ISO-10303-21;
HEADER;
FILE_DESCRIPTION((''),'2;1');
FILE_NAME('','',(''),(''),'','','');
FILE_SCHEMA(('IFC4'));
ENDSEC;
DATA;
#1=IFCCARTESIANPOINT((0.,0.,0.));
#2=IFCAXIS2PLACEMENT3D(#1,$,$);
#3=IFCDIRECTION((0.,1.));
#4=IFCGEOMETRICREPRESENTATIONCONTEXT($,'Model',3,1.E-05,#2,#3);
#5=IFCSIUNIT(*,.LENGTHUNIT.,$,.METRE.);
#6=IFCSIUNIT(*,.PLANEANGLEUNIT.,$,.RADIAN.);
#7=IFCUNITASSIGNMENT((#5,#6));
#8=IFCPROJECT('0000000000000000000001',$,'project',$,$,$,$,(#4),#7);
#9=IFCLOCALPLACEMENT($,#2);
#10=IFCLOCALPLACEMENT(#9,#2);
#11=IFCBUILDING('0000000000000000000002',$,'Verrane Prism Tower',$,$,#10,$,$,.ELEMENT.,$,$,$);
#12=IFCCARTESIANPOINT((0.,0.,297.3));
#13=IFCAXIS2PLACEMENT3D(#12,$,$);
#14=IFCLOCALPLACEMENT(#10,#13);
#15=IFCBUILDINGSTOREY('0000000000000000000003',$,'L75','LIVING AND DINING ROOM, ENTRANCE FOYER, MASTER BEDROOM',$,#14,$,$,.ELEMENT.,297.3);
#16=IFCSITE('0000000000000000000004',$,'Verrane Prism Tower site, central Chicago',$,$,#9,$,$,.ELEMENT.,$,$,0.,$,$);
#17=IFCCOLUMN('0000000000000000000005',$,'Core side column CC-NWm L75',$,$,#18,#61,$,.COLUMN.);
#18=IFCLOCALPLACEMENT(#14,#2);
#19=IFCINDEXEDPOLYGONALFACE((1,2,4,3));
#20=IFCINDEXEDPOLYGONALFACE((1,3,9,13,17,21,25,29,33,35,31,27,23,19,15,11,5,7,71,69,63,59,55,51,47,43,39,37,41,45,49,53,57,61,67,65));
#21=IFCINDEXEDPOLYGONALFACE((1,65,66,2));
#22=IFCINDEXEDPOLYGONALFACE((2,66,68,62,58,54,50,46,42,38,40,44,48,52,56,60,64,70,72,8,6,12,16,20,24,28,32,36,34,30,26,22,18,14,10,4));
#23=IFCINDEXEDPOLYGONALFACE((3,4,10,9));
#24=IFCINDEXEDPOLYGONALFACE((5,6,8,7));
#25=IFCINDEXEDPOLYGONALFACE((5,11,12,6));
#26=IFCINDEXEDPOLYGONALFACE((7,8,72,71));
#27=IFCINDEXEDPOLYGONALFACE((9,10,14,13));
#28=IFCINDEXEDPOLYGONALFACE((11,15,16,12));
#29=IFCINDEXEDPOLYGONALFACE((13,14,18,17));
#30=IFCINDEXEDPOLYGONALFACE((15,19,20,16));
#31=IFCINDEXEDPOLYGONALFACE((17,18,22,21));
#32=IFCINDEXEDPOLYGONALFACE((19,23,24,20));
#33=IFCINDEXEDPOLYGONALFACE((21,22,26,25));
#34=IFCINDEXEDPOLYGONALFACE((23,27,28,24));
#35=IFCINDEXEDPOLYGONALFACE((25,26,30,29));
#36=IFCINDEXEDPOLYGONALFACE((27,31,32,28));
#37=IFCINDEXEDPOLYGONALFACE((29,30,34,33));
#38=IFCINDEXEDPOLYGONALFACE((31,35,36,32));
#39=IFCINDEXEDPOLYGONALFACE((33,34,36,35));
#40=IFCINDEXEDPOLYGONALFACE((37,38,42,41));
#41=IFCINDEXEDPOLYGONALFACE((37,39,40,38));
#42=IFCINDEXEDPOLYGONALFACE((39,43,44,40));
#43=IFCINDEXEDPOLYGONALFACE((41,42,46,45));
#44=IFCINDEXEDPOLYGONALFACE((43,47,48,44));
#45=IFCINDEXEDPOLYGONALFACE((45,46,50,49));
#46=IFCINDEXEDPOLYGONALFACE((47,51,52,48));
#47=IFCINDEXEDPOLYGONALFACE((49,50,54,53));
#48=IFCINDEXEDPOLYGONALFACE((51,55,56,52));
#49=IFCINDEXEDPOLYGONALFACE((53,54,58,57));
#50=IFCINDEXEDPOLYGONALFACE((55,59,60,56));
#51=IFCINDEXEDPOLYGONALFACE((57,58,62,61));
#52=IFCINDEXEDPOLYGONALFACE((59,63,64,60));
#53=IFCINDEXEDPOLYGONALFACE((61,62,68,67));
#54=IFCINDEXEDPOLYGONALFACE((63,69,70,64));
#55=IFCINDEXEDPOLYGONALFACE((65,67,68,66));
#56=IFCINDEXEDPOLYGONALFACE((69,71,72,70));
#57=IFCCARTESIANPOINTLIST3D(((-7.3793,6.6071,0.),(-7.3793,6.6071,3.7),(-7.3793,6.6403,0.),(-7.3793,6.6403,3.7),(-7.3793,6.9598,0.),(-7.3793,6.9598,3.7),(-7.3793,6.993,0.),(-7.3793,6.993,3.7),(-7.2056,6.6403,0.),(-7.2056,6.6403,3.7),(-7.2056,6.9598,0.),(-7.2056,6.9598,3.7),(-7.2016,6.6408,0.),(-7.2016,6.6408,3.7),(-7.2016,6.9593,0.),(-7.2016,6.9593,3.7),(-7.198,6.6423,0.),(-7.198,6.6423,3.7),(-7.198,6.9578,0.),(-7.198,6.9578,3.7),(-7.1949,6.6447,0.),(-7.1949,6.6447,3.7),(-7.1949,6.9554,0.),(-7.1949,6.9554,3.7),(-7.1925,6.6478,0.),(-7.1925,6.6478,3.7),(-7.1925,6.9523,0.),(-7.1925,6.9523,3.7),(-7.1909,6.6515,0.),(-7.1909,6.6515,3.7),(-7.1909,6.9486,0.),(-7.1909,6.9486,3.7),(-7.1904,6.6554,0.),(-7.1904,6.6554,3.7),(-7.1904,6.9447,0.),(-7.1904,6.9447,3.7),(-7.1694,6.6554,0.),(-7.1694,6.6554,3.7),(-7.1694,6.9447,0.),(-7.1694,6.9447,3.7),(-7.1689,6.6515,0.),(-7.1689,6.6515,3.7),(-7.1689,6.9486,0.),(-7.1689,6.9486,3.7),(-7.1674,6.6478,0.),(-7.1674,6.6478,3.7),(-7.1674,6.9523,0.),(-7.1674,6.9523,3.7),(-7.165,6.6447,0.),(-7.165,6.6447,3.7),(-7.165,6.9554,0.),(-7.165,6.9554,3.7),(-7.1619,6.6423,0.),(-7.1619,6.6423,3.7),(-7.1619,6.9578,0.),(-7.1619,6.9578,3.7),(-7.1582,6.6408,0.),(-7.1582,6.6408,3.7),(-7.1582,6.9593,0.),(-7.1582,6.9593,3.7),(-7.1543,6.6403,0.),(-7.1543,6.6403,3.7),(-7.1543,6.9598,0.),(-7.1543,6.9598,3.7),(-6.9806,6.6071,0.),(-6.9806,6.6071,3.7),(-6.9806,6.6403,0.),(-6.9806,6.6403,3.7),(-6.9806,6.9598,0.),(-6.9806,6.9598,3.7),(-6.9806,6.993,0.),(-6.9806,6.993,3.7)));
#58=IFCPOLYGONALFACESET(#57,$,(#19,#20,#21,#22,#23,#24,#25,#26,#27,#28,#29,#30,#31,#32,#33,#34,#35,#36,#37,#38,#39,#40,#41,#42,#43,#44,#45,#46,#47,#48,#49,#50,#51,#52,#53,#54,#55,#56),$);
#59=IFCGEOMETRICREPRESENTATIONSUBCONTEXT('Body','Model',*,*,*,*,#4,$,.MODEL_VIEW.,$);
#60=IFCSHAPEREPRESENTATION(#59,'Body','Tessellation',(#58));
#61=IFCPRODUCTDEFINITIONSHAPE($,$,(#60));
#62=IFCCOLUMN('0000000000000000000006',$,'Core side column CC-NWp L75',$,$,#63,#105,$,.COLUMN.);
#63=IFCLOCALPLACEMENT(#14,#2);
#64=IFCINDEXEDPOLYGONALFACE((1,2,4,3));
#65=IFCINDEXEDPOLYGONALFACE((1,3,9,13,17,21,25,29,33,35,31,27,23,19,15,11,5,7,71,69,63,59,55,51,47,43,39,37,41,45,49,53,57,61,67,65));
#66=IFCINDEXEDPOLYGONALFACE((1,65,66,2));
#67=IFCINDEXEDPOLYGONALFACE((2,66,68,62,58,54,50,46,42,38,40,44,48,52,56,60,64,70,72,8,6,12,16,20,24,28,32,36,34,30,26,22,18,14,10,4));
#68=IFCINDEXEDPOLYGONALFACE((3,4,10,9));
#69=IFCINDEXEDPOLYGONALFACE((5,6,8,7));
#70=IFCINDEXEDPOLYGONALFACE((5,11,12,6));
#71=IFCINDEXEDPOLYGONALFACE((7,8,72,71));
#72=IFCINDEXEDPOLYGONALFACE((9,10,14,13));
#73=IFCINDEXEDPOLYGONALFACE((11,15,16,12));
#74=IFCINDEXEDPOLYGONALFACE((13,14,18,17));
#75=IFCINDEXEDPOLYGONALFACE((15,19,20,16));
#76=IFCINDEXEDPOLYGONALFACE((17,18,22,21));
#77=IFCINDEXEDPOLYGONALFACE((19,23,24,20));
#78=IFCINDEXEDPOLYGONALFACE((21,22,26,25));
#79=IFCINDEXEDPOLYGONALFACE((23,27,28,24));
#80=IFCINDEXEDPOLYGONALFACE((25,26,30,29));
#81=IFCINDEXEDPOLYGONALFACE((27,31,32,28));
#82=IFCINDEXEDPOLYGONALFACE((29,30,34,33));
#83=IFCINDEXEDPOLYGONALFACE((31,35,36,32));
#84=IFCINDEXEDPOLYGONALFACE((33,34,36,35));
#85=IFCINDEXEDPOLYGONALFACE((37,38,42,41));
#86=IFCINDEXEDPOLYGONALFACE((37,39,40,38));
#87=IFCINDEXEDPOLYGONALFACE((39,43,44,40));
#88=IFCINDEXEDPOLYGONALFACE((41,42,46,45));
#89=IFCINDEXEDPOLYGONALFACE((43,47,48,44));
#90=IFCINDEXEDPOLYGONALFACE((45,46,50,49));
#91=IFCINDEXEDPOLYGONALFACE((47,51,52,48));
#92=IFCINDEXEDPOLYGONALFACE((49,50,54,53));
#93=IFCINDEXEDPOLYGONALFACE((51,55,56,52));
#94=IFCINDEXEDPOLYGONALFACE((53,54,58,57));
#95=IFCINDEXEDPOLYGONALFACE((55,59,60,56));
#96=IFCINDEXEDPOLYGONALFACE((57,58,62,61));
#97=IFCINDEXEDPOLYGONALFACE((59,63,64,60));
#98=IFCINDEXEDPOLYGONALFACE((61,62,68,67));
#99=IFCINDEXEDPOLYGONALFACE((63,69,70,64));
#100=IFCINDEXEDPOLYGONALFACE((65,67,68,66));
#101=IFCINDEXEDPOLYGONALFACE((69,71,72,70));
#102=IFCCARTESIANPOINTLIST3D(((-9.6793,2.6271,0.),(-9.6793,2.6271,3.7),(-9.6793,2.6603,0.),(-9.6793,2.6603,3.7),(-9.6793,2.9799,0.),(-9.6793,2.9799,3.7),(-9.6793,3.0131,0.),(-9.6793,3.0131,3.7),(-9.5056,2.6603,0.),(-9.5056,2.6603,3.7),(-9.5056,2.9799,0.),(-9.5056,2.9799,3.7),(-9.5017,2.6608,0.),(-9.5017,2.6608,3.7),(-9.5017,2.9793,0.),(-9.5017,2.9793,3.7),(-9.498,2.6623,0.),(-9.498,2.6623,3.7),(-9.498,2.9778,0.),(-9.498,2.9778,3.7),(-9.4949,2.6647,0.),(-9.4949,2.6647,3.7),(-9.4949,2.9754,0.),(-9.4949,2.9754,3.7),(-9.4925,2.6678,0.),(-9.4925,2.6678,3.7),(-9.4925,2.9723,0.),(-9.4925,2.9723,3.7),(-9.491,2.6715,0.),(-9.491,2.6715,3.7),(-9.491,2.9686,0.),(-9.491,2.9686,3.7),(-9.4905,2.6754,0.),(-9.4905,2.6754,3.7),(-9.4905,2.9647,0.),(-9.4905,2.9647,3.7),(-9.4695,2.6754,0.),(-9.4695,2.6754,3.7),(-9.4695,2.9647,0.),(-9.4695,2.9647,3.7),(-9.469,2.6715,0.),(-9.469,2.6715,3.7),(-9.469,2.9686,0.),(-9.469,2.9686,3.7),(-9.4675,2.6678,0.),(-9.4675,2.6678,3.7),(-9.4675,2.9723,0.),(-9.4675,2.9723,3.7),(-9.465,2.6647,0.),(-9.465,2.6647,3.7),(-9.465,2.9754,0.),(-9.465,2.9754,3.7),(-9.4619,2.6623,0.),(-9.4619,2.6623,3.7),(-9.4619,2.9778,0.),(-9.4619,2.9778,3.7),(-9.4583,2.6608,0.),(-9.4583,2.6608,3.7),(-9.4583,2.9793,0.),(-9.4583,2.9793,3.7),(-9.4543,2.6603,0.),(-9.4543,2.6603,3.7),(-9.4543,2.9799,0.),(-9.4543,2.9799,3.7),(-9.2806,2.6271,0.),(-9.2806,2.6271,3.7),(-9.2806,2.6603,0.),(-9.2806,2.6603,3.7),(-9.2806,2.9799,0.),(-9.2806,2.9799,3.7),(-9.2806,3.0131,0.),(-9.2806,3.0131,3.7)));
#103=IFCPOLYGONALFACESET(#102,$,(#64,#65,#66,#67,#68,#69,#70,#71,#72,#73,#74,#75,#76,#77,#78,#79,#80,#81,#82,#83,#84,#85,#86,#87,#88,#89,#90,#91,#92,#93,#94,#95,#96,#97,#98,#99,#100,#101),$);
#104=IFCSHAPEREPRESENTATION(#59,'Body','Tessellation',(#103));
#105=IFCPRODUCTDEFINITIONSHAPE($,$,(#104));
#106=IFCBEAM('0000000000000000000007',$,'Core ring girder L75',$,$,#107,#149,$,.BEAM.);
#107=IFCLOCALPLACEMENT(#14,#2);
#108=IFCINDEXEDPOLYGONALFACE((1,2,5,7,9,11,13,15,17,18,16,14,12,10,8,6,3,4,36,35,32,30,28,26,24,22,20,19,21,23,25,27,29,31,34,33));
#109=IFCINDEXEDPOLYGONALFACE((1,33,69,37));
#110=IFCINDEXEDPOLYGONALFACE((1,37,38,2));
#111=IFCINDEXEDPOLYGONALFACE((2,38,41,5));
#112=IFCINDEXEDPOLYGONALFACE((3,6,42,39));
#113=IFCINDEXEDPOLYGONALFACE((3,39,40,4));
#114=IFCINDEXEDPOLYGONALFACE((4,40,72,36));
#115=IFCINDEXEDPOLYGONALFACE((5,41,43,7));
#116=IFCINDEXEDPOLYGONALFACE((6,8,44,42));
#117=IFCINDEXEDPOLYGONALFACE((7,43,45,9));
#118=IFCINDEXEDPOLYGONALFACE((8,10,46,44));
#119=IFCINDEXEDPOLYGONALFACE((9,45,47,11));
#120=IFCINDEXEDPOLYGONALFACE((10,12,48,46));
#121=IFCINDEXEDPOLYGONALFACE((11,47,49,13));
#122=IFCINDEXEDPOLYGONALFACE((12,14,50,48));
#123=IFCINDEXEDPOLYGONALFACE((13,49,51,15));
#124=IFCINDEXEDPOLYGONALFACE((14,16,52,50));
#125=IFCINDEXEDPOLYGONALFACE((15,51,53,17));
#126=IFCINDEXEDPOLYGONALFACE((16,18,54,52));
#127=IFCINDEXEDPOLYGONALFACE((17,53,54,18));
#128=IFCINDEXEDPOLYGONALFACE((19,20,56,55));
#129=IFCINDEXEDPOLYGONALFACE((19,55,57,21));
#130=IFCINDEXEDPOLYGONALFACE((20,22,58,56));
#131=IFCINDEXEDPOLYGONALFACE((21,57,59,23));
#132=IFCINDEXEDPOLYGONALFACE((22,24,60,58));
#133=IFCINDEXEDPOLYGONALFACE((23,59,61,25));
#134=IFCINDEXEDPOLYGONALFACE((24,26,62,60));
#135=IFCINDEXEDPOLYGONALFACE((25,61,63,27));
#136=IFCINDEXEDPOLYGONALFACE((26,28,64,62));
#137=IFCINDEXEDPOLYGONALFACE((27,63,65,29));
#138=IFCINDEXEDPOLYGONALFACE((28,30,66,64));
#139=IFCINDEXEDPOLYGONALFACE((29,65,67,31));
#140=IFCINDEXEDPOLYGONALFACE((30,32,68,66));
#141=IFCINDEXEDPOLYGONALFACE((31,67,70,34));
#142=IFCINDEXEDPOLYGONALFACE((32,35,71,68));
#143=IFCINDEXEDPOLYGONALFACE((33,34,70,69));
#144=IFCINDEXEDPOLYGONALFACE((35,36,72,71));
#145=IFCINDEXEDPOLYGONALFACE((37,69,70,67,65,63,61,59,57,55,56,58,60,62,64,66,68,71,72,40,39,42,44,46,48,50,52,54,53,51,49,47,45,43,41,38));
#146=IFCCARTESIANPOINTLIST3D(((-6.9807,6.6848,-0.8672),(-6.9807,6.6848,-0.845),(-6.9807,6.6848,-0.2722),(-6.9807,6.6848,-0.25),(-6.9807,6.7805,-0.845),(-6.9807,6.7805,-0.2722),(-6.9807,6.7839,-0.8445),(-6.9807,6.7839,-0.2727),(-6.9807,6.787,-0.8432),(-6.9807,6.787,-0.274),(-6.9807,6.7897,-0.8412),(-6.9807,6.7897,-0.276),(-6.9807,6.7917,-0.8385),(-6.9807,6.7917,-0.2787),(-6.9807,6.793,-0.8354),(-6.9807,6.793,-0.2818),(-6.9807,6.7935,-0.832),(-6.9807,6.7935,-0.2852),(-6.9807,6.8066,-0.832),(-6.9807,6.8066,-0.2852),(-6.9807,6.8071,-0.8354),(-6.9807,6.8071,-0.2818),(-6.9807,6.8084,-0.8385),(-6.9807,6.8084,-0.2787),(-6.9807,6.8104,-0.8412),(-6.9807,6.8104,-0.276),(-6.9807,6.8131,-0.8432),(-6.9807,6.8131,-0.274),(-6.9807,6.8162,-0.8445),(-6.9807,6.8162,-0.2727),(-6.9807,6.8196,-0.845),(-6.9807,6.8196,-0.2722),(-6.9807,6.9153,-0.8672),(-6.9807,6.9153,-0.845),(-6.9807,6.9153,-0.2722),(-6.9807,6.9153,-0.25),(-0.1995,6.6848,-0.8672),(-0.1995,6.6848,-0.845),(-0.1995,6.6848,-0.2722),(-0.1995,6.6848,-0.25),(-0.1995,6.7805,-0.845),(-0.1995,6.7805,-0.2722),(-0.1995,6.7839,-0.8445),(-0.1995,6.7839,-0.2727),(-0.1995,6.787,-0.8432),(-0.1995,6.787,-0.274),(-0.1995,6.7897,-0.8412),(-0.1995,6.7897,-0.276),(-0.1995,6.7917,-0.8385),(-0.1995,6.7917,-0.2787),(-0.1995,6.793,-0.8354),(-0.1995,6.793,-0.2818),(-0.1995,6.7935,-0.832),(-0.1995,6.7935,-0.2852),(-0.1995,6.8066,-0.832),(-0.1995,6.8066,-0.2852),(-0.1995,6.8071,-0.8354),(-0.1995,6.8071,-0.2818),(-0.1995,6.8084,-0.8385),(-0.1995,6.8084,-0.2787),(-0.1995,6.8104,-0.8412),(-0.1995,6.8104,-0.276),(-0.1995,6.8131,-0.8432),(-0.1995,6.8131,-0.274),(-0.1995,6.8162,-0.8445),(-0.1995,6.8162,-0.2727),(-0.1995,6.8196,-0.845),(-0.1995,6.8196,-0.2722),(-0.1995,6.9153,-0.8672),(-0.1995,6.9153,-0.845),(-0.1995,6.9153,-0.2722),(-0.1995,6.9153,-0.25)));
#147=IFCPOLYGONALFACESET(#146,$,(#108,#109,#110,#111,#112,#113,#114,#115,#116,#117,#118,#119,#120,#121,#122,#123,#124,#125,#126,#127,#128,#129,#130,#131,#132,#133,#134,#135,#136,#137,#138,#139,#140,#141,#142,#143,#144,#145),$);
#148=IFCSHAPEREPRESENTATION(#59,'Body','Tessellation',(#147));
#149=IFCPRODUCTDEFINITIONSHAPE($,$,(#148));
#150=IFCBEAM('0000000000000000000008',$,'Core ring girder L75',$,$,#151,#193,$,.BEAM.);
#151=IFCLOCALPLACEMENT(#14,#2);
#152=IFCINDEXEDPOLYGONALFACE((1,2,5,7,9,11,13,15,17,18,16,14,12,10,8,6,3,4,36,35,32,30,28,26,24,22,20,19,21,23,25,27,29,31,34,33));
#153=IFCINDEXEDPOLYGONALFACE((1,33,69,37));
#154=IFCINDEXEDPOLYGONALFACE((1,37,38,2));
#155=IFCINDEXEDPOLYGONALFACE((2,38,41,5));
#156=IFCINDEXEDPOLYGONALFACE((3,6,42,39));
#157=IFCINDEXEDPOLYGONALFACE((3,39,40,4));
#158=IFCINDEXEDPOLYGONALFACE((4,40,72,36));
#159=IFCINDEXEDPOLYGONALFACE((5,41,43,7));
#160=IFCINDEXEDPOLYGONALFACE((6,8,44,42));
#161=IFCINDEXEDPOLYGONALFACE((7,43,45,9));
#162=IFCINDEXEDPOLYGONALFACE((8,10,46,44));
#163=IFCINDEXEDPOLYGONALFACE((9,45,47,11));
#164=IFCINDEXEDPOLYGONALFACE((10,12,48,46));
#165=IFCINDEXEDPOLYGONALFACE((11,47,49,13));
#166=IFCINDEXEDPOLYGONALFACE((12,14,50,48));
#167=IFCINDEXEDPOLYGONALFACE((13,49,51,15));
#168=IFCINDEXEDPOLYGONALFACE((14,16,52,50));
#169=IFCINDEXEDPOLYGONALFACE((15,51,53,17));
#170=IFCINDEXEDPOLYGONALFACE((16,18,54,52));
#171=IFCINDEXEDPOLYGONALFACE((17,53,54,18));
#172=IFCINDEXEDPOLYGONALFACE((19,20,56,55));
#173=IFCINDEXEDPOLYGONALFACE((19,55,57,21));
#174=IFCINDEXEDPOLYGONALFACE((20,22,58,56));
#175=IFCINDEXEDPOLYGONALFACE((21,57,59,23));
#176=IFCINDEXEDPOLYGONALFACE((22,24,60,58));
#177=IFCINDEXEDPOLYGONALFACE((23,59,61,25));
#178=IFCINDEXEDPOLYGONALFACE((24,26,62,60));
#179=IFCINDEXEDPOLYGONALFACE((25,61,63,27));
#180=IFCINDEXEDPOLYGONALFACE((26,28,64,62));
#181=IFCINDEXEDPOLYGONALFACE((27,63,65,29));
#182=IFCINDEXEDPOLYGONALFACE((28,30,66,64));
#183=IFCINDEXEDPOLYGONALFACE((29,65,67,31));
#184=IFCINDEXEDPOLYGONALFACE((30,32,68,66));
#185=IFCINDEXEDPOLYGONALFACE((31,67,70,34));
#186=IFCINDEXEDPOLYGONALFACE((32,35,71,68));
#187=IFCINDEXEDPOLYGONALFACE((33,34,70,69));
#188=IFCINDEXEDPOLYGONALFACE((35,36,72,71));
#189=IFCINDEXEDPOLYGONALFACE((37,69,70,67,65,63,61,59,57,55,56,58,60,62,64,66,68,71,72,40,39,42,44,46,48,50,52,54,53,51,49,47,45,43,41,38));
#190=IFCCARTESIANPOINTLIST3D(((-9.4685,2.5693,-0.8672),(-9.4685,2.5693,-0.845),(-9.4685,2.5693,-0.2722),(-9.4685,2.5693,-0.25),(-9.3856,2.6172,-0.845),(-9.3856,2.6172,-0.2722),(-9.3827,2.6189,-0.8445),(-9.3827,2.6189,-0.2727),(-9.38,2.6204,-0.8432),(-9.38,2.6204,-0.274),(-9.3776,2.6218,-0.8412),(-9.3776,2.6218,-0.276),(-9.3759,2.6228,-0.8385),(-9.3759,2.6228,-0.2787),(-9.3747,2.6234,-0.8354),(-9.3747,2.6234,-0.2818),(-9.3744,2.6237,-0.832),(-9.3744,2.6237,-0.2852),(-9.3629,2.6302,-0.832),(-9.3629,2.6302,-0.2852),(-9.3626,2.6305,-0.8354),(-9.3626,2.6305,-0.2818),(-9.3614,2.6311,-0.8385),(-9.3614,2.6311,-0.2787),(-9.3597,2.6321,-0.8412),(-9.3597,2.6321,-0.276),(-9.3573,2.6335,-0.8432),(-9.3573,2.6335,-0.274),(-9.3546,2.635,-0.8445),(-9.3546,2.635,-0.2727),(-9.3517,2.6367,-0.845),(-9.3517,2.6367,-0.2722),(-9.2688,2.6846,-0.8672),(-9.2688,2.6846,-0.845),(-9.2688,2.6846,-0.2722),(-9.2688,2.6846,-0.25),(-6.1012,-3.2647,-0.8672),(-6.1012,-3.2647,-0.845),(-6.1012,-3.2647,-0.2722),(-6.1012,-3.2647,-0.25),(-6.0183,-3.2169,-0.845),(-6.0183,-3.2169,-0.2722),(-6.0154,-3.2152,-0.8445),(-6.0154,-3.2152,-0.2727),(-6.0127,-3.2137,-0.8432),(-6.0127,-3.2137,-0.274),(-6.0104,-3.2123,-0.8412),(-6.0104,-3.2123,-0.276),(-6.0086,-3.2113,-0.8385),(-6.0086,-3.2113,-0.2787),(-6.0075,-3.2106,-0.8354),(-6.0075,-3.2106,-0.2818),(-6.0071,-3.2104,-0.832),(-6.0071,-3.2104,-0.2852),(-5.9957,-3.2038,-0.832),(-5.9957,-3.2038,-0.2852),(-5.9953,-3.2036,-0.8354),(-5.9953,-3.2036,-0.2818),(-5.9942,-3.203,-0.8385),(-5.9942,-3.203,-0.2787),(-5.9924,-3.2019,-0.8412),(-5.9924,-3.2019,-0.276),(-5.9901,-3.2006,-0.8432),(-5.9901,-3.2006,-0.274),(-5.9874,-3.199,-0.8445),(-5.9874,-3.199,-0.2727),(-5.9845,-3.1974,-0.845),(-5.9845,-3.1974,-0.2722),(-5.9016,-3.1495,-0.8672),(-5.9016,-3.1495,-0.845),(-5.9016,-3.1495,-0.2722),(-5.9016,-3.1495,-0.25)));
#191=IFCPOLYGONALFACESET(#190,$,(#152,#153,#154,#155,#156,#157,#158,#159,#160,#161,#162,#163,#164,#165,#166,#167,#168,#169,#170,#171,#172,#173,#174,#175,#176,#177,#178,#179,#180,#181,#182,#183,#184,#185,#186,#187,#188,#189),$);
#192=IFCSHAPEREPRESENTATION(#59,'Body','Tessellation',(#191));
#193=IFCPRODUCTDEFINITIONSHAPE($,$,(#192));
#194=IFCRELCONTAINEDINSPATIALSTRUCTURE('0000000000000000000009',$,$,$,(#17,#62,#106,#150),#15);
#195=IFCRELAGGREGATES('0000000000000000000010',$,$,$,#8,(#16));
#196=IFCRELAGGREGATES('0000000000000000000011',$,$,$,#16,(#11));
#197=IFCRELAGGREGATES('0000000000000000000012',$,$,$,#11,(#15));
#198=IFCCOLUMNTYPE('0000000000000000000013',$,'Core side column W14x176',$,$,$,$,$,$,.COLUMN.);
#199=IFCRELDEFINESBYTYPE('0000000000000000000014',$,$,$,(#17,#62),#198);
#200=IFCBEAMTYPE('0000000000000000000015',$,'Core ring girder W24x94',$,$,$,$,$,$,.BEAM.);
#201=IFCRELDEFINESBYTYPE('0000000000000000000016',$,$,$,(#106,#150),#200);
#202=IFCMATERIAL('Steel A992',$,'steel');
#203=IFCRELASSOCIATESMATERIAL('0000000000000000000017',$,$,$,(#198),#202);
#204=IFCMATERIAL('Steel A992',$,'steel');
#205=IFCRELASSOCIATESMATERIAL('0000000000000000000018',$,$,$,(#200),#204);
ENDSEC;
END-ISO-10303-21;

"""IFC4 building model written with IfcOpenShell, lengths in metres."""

from ifc_helpers import new_model, si_unit, direction, frame, origin, origin_2d, place, context, subcontext, project, spatial, i_section, extrude, material, material_profile, profile_set, type_object, element, save


model = new_model("IFC4")

# Units and contexts
model_context = context("Model", 3, precision=1e-05, world=origin(), true_north=direction((0.0, 1.0)))
body_context = subcontext(model_context, "Body", "Model", "MODEL_VIEW")
ifc_project = project(units=[si_unit("LENGTHUNIT", "METRE"), si_unit("PLANEANGLEUNIT", "RADIAN")], contexts=[model_context])

# Site, building, storey
site_placement = place(None, origin())
site = spatial("IfcSite", under=ifc_project, at=site_placement, Name="Verrane Prism Tower site, central Chicago", CompositionType="ELEMENT", RefElevation=0.0)
building_placement = place(site_placement, origin())
building = spatial("IfcBuilding", under=site, at=building_placement, Name="Verrane Prism Tower", CompositionType="ELEMENT")
storey_placement = place(building_placement, frame((0.0, 0.0, 297.3)))
storey = spatial("IfcBuildingStorey", under=building, at=storey_placement, Name="L75", Description="LIVING AND DINING ROOM, ENTRANCE FOYER, MASTER BEDROOM", CompositionType="ELEMENT", Elevation=297.3)

# Columns
ifc_material_1 = material(Name="Steel A992", Category="steel")
ifc_material_profile_1 = material_profile(ifc_material_1, i_section(OverallWidth=0.3987, OverallDepth=0.386, WebThickness=0.021, FlangeThickness=0.0332, FilletRadius=0.0151, at=origin_2d()), Name="W14x176")
ifc_profile_set_1 = profile_set([ifc_material_profile_1], Name="Steel A992")
column_type = type_object("IfcColumnType", Name="Core side column W14x176", PredefinedType="COLUMN", material=ifc_profile_set_1)
for number, where, z_axis, x_axis, name in (
    (1, (-7.1799, 6.8, 0.0), (0.0, 0.0, 1.0), (1.0, 0.0, 0.0), "Core side column CC-NWm L75"),
    (2, (-9.48, 2.8201, 0.0), (0.0, 0.0, 1.0), (1.0, 0.0, 0.0), "Core side column CC-NWp L75"),
):
    element("IfcColumn", number, at=place(storey_placement, frame(where, z_axis=z_axis, x_axis=x_axis)), inside=storey, type_object=column_type, Name=name, PredefinedType="COLUMN", context=body_context, shape_type="SweptSolid", body=[
        extrude(i_section(OverallWidth=0.3987, OverallDepth=0.386, WebThickness=0.021, FlangeThickness=0.0332, FilletRadius=0.0151, at=origin_2d()), origin(), (0.0, 0.0, 1.0), 3.7),
    ])

# Beams
ifc_material_2 = material(Name="Steel A992", Category="steel")
ifc_material_profile_2 = material_profile(ifc_material_2, i_section(OverallWidth=0.2305, OverallDepth=0.6172, WebThickness=0.0132, FlangeThickness=0.0222, FilletRadius=0.0129, at=origin_2d()), Name="W24x94")
ifc_profile_set_2 = profile_set([ifc_material_profile_2], Name="Steel A992")
beam_type = type_object("IfcBeamType", Name="Core ring girder W24x94", PredefinedType="BEAM", material=ifc_profile_set_2)
beam_1_placement = place(storey_placement, frame((-0.1995, 6.8, -0.5586), z_axis=(-1.0, 0.0, 0.0), x_axis=(0.0, -1.0, 0.0)))
element("IfcBeam", 3, at=beam_1_placement, inside=storey, type_object=beam_type, Name="Core ring girder L75", PredefinedType="BEAM", context=body_context, shape_type="SweptSolid", body=[
    extrude(i_section(OverallWidth=0.2305, OverallDepth=0.6172, WebThickness=0.0132, FlangeThickness=0.0222, FilletRadius=0.0129, at=origin_2d()), origin(), (0.0, 0.0, 1.0), 6.7812),
])
beam_2_placement = place(storey_placement, frame((-9.3687, 2.627, -0.5586), z_axis=(0.499881, -0.866094, 0.0), x_axis=(0.866094, 0.499881, 0.0)))
element("IfcBeam", 4, at=beam_2_placement, inside=storey, type_object=beam_type, Name="Core ring girder L75", PredefinedType="BEAM", context=body_context, shape_type="SweptSolid", body=[
    extrude(i_section(OverallWidth=0.2305, OverallDepth=0.6172, WebThickness=0.0132, FlangeThickness=0.0222, FilletRadius=0.0129, at=origin_2d()), origin(), (0.0, 0.0, 1.0), 6.7361),
])

save(model, "model.ifc")
